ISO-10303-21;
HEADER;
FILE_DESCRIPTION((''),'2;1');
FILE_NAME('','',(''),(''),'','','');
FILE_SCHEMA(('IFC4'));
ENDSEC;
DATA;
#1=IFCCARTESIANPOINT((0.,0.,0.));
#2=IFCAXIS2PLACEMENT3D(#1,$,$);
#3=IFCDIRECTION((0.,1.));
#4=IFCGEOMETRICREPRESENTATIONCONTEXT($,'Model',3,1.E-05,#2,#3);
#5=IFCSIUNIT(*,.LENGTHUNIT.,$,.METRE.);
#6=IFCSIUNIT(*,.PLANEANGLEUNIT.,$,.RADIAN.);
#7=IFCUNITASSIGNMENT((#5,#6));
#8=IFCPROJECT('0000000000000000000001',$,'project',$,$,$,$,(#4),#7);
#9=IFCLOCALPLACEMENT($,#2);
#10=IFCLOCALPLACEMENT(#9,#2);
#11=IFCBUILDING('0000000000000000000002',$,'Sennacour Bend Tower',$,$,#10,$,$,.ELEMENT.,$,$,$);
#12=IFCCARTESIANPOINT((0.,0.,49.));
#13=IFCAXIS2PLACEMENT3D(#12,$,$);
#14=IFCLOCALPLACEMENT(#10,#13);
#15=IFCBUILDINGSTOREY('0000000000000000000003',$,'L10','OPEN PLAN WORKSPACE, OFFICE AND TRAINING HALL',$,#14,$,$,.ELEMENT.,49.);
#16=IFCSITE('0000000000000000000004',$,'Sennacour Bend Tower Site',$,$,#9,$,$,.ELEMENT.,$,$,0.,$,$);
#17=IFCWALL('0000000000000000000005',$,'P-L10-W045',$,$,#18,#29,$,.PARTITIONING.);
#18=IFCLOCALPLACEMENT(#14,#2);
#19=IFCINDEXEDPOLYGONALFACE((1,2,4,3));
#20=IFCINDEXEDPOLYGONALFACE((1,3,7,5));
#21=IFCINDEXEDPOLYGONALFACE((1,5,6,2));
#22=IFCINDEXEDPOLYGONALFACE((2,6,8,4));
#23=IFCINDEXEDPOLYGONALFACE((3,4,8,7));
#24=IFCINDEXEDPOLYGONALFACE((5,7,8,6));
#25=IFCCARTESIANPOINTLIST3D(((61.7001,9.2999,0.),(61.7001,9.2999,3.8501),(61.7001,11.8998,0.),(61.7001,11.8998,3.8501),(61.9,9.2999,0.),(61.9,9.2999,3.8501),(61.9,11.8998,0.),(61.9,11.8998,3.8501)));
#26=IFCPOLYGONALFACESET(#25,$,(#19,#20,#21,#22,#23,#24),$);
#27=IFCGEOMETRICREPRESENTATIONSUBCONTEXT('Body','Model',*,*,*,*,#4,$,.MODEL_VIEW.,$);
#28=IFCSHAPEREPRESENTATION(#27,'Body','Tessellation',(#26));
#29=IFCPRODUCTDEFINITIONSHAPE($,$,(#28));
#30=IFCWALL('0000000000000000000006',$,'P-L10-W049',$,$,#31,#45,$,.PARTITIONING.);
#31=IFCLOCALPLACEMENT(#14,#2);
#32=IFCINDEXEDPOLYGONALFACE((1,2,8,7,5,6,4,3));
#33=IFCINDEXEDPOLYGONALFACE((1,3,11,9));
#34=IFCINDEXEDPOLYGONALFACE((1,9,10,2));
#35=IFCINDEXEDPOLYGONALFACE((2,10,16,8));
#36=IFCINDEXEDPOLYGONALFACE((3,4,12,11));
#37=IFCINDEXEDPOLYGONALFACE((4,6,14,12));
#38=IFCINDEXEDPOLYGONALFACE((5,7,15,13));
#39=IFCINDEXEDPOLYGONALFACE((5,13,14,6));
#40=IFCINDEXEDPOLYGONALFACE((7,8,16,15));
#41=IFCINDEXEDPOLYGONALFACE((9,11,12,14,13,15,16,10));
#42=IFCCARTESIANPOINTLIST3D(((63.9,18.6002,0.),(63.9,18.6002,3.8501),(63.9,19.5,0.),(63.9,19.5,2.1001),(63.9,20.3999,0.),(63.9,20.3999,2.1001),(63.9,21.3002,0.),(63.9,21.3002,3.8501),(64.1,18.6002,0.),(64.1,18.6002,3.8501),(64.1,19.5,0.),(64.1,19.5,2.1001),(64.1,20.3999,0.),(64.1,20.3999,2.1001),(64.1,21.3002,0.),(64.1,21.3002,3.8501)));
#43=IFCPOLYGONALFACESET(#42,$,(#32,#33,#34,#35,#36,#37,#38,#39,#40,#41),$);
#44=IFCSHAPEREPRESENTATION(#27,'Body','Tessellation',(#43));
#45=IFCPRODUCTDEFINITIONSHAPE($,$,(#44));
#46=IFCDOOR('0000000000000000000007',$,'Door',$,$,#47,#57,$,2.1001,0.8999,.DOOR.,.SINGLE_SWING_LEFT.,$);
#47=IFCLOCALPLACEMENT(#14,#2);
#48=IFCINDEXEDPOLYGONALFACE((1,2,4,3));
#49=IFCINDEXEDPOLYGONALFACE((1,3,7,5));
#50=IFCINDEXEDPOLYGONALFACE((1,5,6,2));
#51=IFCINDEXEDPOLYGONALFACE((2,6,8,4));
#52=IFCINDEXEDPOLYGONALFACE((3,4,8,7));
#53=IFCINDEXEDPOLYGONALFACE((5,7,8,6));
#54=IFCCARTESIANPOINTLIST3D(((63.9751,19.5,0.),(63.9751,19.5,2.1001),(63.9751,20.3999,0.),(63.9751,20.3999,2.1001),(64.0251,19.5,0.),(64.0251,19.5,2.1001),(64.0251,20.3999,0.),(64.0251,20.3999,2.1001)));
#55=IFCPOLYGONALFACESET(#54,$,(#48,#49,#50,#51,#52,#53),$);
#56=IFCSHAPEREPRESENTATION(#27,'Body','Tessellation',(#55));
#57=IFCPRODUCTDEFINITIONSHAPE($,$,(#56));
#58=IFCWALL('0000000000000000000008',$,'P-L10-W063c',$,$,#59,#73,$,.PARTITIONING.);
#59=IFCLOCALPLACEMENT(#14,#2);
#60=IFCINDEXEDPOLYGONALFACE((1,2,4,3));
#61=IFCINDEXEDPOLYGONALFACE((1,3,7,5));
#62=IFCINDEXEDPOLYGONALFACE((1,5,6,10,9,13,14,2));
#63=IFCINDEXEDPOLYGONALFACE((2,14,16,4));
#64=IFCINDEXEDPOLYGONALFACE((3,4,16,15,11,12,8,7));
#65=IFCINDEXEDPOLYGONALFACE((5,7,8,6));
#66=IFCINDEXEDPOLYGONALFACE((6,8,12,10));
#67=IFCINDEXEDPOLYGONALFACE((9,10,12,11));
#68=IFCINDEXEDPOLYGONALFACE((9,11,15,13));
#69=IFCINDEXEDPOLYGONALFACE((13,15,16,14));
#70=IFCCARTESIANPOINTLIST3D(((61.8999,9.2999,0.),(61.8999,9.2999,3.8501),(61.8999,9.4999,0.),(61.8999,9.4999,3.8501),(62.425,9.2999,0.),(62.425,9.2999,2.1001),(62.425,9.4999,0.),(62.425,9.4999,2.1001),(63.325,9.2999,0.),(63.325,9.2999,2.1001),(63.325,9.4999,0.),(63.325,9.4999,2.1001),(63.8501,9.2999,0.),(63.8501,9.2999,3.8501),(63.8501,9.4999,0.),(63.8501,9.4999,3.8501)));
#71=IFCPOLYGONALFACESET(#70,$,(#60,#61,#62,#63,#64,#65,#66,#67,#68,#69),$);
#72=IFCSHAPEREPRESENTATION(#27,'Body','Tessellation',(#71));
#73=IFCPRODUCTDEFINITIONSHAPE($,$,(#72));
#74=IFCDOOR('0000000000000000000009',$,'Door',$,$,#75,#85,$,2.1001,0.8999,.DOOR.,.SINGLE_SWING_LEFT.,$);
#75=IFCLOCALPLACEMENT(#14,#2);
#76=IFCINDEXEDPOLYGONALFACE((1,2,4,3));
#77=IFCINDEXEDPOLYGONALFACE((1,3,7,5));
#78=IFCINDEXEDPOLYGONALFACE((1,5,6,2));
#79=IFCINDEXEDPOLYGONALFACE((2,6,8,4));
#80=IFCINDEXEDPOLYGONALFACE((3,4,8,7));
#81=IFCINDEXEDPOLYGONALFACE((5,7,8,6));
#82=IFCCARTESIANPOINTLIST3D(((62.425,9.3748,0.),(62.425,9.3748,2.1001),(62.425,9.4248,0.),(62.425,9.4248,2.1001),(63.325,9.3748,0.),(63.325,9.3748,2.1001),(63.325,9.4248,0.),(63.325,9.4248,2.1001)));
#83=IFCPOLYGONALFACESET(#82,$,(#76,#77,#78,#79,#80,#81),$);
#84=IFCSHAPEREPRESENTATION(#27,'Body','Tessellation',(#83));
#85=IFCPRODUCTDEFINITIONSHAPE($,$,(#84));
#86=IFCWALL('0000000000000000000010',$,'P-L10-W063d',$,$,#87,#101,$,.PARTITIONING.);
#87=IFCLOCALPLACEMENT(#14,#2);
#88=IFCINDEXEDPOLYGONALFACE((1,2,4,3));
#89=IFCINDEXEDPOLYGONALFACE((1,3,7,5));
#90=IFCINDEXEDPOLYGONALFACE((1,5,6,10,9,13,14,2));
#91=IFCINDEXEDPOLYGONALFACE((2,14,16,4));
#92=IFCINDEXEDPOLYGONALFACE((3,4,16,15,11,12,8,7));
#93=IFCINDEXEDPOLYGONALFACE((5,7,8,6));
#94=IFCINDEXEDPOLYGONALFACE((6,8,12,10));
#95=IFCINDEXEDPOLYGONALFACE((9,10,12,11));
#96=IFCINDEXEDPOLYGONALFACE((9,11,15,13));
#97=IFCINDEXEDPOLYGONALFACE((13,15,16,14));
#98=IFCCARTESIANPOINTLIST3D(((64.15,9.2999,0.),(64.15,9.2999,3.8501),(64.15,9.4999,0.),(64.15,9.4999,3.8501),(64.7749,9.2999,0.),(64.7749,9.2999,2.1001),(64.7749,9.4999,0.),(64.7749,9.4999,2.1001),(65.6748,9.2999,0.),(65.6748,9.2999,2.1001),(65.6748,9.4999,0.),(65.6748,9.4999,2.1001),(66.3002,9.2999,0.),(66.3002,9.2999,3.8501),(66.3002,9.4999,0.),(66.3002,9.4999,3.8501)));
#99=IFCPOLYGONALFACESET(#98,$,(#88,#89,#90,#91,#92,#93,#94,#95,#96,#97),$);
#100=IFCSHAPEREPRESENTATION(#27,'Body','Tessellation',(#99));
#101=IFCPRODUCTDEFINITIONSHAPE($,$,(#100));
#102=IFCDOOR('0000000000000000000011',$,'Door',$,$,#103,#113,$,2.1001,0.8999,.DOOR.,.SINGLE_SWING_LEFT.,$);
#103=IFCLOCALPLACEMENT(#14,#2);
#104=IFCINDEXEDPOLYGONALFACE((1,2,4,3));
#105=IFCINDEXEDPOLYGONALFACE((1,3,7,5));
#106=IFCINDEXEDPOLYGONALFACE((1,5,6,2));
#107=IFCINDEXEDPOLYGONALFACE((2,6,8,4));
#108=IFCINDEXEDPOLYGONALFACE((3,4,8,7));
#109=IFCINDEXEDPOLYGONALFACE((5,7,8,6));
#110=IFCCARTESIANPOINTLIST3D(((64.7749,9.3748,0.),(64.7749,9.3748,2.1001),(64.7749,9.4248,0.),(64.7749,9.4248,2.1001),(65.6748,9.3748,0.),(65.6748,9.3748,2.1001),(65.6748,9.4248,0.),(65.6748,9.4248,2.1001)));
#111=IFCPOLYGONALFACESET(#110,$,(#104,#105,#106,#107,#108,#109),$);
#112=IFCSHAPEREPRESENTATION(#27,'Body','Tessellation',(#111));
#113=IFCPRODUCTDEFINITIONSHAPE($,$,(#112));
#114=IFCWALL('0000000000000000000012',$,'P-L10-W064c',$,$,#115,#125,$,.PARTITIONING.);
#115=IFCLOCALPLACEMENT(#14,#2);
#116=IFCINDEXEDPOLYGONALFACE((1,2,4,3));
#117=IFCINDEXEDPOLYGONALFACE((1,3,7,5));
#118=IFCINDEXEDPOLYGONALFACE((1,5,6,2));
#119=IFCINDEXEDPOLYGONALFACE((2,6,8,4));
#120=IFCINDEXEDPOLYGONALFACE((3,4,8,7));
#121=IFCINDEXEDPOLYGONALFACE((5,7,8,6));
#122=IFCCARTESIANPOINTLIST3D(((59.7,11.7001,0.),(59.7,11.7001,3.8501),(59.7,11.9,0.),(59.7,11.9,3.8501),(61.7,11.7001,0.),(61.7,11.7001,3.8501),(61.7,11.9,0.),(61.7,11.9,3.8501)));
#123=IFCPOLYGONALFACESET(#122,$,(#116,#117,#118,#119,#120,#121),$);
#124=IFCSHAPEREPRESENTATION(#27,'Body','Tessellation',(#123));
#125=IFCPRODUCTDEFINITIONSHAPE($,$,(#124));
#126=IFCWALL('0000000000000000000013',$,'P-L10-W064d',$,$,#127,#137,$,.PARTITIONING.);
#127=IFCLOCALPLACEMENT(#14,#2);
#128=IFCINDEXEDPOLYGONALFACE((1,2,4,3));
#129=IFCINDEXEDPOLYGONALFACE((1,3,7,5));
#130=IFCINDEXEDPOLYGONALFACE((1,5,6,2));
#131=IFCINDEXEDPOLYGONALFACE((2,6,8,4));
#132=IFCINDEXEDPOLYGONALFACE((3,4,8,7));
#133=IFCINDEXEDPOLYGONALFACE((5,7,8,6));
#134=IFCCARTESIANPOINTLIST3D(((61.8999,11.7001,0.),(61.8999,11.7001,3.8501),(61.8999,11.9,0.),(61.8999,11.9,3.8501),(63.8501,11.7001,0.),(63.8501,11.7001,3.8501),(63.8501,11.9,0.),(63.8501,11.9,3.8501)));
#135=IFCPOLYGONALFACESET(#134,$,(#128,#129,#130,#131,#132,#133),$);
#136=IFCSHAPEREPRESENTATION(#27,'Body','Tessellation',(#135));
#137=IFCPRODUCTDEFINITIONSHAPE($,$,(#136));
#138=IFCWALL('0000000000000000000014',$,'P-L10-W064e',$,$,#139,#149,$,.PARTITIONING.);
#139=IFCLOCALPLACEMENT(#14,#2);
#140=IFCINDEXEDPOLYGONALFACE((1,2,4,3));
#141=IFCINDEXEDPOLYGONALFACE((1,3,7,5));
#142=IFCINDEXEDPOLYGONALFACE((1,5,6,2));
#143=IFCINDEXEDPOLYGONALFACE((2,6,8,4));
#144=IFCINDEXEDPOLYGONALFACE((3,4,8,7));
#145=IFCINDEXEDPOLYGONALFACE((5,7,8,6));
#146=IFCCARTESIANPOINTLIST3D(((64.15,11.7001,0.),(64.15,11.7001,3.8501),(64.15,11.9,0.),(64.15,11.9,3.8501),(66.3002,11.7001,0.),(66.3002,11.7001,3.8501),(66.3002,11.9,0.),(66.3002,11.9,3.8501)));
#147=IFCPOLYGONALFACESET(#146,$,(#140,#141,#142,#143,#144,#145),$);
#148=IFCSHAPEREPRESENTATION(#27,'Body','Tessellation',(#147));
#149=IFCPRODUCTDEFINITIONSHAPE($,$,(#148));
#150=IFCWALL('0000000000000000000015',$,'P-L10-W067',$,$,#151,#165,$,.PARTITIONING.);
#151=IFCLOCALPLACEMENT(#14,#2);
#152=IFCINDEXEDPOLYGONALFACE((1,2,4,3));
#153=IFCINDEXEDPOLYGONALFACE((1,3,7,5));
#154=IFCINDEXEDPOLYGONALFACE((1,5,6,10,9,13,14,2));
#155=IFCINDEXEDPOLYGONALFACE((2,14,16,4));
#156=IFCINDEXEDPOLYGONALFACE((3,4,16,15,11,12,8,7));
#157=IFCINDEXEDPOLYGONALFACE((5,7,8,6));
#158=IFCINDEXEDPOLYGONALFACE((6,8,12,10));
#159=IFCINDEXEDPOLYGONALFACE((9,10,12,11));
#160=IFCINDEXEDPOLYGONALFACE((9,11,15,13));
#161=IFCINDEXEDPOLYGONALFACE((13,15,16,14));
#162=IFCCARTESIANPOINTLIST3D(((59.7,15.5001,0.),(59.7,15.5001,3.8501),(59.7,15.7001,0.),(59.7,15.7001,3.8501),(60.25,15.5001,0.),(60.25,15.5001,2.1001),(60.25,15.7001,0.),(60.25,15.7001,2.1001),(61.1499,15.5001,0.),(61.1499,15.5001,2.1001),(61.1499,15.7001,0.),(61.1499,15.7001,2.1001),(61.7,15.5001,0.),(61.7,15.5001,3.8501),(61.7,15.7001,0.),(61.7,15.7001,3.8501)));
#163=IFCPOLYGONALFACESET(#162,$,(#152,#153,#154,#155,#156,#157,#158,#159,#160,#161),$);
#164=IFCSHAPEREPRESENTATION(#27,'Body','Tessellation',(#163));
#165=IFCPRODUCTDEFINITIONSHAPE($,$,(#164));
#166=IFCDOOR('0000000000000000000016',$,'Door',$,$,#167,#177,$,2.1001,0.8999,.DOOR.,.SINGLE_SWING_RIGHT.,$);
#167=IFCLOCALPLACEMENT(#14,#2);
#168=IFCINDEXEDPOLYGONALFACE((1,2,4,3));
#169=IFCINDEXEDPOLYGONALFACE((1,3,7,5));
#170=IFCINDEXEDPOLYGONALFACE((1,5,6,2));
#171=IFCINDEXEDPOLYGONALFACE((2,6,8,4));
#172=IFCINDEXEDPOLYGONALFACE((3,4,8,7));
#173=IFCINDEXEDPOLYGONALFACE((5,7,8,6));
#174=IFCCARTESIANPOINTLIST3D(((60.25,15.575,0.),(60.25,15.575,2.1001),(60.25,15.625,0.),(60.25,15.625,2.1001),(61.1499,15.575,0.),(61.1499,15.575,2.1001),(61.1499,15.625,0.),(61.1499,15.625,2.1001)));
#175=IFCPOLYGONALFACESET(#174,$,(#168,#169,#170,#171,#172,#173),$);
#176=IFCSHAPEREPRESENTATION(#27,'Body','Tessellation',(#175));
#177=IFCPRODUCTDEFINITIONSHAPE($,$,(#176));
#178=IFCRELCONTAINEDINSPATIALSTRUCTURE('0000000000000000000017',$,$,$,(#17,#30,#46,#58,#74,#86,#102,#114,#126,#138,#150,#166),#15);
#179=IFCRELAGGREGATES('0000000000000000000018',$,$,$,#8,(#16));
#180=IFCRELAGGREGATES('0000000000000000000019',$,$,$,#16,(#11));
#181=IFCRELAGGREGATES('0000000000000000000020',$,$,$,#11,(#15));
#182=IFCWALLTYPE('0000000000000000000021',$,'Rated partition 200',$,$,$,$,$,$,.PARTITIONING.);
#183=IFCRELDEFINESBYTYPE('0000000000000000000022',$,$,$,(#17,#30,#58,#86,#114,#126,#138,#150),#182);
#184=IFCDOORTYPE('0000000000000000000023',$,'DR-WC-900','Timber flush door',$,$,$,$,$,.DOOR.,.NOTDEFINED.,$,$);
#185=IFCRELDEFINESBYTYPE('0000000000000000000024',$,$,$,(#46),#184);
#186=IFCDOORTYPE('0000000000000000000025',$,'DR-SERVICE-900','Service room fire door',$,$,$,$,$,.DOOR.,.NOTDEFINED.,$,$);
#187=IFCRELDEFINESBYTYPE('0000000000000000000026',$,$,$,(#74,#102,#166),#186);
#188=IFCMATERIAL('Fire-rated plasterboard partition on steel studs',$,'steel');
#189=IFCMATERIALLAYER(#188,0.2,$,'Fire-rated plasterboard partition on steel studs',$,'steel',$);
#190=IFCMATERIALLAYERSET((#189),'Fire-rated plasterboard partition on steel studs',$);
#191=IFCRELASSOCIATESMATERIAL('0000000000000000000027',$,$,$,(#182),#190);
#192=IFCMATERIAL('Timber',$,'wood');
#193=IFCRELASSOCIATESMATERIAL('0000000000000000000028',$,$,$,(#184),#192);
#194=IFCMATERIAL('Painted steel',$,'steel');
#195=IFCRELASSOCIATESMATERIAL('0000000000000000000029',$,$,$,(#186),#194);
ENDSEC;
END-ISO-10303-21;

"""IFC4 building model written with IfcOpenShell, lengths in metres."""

from ifc_helpers import new_model, si_unit, direction, frame, frame_2d, origin, place, context, subcontext, project, spatial, rectangle, extrude, material, layer, layer_set, type_object, element, fill, save


model = new_model("IFC4")

# Units and contexts
model_context = context("Model", 3, precision=1e-05, world=origin(), true_north=direction((0.0, 1.0)))
body_context = subcontext(model_context, "Body", "Model", "MODEL_VIEW")
ifc_project = project(units=[si_unit("LENGTHUNIT", "METRE"), si_unit("PLANEANGLEUNIT", "RADIAN")], contexts=[model_context])

# Site, building, storey
site_placement = place(None, origin())
site = spatial("IfcSite", under=ifc_project, at=site_placement, Name="Sennacour Bend Tower Site", CompositionType="ELEMENT", RefElevation=0.0)
building_placement = place(site_placement, origin())
building = spatial("IfcBuilding", under=site, at=building_placement, Name="Sennacour Bend Tower", CompositionType="ELEMENT")
storey_placement = place(building_placement, frame((0.0, 0.0, 49.0)))
storey = spatial("IfcBuildingStorey", under=building, at=storey_placement, Name="L10", Description="OPEN PLAN WORKSPACE, OFFICE AND TRAINING HALL", CompositionType="ELEMENT", Elevation=49.0)

# Wall
ifc_material_1 = material(Name="Fire-rated plasterboard partition on steel studs", Category="steel")
ifc_layer_1 = layer(ifc_material_1, 0.2, Name="Fire-rated plasterboard partition on steel studs", Category="steel")
ifc_layer_set_1 = layer_set([ifc_layer_1], Name="Fire-rated plasterboard partition on steel studs")
wall_type_1 = type_object("IfcWallType", Name="Rated partition 200", PredefinedType="PARTITIONING", material=ifc_layer_set_1)
wall_1_placement = place(storey_placement, frame((61.8, 9.3, 0.0), z_axis=(0.0, 0.0, 1.0), x_axis=(0.0, 1.0, 0.0)))
element("IfcWall", 1, at=wall_1_placement, inside=storey, type_object=wall_type_1, Name="P-L10-W045", PredefinedType="PARTITIONING", context=body_context, shape_type="SweptSolid", body=[
    extrude(rectangle(XDim=2.5999, YDim=0.2, at=frame_2d((1.2998, 0.0))), origin(), (0.0, 0.0, 1.0), 3.8501),
])

# Walls, openings, doors
wall_2_placement = place(storey_placement, frame((64.0, 18.6001, 0.0), z_axis=(0.0, 0.0, 1.0), x_axis=(0.0, 1.0, 0.0)))
wall_2 = element("IfcWall", 2, at=wall_2_placement, inside=storey, type_object=wall_type_1, Name="P-L10-W049", PredefinedType="PARTITIONING", context=body_context, shape_type="SweptSolid", body=[
    extrude(rectangle(XDim=2.7, YDim=0.2, at=frame_2d((1.3501, 0.0))), origin(), (0.0, 0.0, 1.0), 3.8501),
])
opening_1_placement = place(wall_2_placement, frame((0.8999, 0.0, 0.0)))
opening_1 = element("IfcOpeningElement", 3, at=opening_1_placement, cuts=wall_2, PredefinedType="OPENING", context=body_context, shape_type="SweptSolid", body=[
    extrude(rectangle(XDim=0.8999, YDim=2.1001, at=frame_2d((0.45, 1.05))), frame((0.0, 0.1099, 0.0), z_axis=(0.0, -1.0, 0.0), x_axis=(1.0, 0.0, 0.0)), (0.0, 0.0, 1.0), 0.22),
])
ifc_material_2 = material(Name="Timber", Category="wood")
door_type_1 = type_object("IfcDoorType", Name="DR-WC-900", Description="Timber flush door", OperationType="NOTDEFINED", PredefinedType="DOOR", material=ifc_material_2)
door_1_placement = place(opening_1_placement, origin())
door_1 = element("IfcDoor", 4, at=door_1_placement, inside=storey, type_object=door_type_1, Name="Door", OperationType="SINGLE_SWING_LEFT", OverallHeight=2.1001, OverallWidth=0.8999, PredefinedType="DOOR", context=body_context, shape_type="SweptSolid", body=[
    extrude(rectangle(XDim=0.8999, YDim=2.1001, at=frame_2d((0.45, 1.05))), frame((0.0, 0.0249, 0.0), z_axis=(0.0, -1.0, 0.0), x_axis=(1.0, 0.0, 0.0)), (0.0, 0.0, 1.0), 0.05),
])
fill(opening_1, door_1)
wall_3_placement = place(storey_placement, frame((61.8999, 9.3999, 0.0), z_axis=(0.0, 0.0, 1.0), x_axis=(1.0, 0.0, 0.0)))
wall_3 = element("IfcWall", 5, at=wall_3_placement, inside=storey, type_object=wall_type_1, Name="P-L10-W063c", PredefinedType="PARTITIONING", context=body_context, shape_type="SweptSolid", body=[
    extrude(rectangle(XDim=1.9502, YDim=0.2, at=frame_2d((0.9751, 0.0))), origin(), (0.0, 0.0, 1.0), 3.8501),
])
opening_2_placement = place(wall_3_placement, frame((0.5251, 0.0, 0.0)))
opening_2 = element("IfcOpeningElement", 6, at=opening_2_placement, cuts=wall_3, PredefinedType="OPENING", context=body_context, shape_type="SweptSolid", body=[
    extrude(rectangle(XDim=0.8999, YDim=2.1001, at=frame_2d((0.45, 1.05))), frame((0.0, 0.1099, 0.0), z_axis=(0.0, -1.0, 0.0), x_axis=(1.0, 0.0, 0.0)), (0.0, 0.0, 1.0), 0.22),
])
ifc_material_3 = material(Name="Painted steel", Category="steel")
door_type_2 = type_object("IfcDoorType", Name="DR-SERVICE-900", Description="Service room fire door", OperationType="NOTDEFINED", PredefinedType="DOOR", material=ifc_material_3)
door_2_placement = place(opening_2_placement, origin())
door_2 = element("IfcDoor", 7, at=door_2_placement, inside=storey, type_object=door_type_2, Name="Door", OperationType="SINGLE_SWING_LEFT", OverallHeight=2.1001, OverallWidth=0.8999, PredefinedType="DOOR", context=body_context, shape_type="SweptSolid", body=[
    extrude(rectangle(XDim=0.8999, YDim=2.1001, at=frame_2d((0.45, 1.05))), frame((0.0, 0.0249, 0.0), z_axis=(0.0, -1.0, 0.0), x_axis=(1.0, 0.0, 0.0)), (0.0, 0.0, 1.0), 0.05),
])
fill(opening_2, door_2)
wall_4_placement = place(storey_placement, frame((64.1499, 9.3999, 0.0), z_axis=(0.0, 0.0, 1.0), x_axis=(1.0, 0.0, 0.0)))
wall_4 = element("IfcWall", 8, at=wall_4_placement, inside=storey, type_object=wall_type_1, Name="P-L10-W063d", PredefinedType="PARTITIONING", context=body_context, shape_type="SweptSolid", body=[
    extrude(rectangle(XDim=2.1501, YDim=0.2, at=frame_2d((1.0752, 0.0))), origin(), (0.0, 0.0, 1.0), 3.8501),
])
opening_3_placement = place(wall_4_placement, frame((0.625, 0.0, 0.0)))
opening_3 = element("IfcOpeningElement", 9, at=opening_3_placement, cuts=wall_4, PredefinedType="OPENING", context=body_context, shape_type="SweptSolid", body=[
    extrude(rectangle(XDim=0.8999, YDim=2.1001, at=frame_2d((0.45, 1.05))), frame((0.0, 0.1099, 0.0), z_axis=(0.0, -1.0, 0.0), x_axis=(1.0, 0.0, 0.0)), (0.0, 0.0, 1.0), 0.22),
])
door_3_placement = place(opening_3_placement, origin())
door_3 = element("IfcDoor", 10, at=door_3_placement, inside=storey, type_object=door_type_2, Name="Door", OperationType="SINGLE_SWING_LEFT", OverallHeight=2.1001, OverallWidth=0.8999, PredefinedType="DOOR", context=body_context, shape_type="SweptSolid", body=[
    extrude(rectangle(XDim=0.8999, YDim=2.1001, at=frame_2d((0.45, 1.05))), frame((0.0, 0.0249, 0.0), z_axis=(0.0, -1.0, 0.0), x_axis=(1.0, 0.0, 0.0)), (0.0, 0.0, 1.0), 0.05),
])
fill(opening_3, door_3)

# Walls
wall_5_placement = place(storey_placement, frame((59.7, 11.8, 0.0), z_axis=(0.0, 0.0, 1.0), x_axis=(1.0, 0.0, 0.0)))
element("IfcWall", 11, at=wall_5_placement, inside=storey, type_object=wall_type_1, Name="P-L10-W064c", PredefinedType="PARTITIONING", context=body_context, shape_type="SweptSolid", body=[
    extrude(rectangle(XDim=2.0, YDim=0.2, at=frame_2d((1.0, 0.0))), origin(), (0.0, 0.0, 1.0), 3.8501),
])
wall_6_placement = place(storey_placement, frame((61.8999, 11.8, 0.0), z_axis=(0.0, 0.0, 1.0), x_axis=(1.0, 0.0, 0.0)))
element("IfcWall", 12, at=wall_6_placement, inside=storey, type_object=wall_type_1, Name="P-L10-W064d", PredefinedType="PARTITIONING", context=body_context, shape_type="SweptSolid", body=[
    extrude(rectangle(XDim=1.9502, YDim=0.2, at=frame_2d((0.9751, 0.0))), origin(), (0.0, 0.0, 1.0), 3.8501),
])
wall_7_placement = place(storey_placement, frame((64.1499, 11.8, 0.0), z_axis=(0.0, 0.0, 1.0), x_axis=(1.0, 0.0, 0.0)))
element("IfcWall", 13, at=wall_7_placement, inside=storey, type_object=wall_type_1, Name="P-L10-W064e", PredefinedType="PARTITIONING", context=body_context, shape_type="SweptSolid", body=[
    extrude(rectangle(XDim=2.1501, YDim=0.2, at=frame_2d((1.0752, 0.0))), origin(), (0.0, 0.0, 1.0), 3.8501),
])

# Wall, opening, door
wall_8_placement = place(storey_placement, frame((59.7, 15.6001, 0.0), z_axis=(0.0, 0.0, 1.0), x_axis=(1.0, 0.0, 0.0)))
wall_8 = element("IfcWall", 14, at=wall_8_placement, inside=storey, type_object=wall_type_1, Name="P-L10-W067", PredefinedType="PARTITIONING", context=body_context, shape_type="SweptSolid", body=[
    extrude(rectangle(XDim=2.0, YDim=0.2, at=frame_2d((1.0, 0.0))), origin(), (0.0, 0.0, 1.0), 3.8501),
])
opening_4_placement = place(wall_8_placement, frame((0.55, 0.0, 0.0)))
opening_4 = element("IfcOpeningElement", 15, at=opening_4_placement, cuts=wall_8, PredefinedType="OPENING", context=body_context, shape_type="SweptSolid", body=[
    extrude(rectangle(XDim=0.8999, YDim=2.1001, at=frame_2d((0.45, 1.05))), frame((0.0, 0.1099, 0.0), z_axis=(0.0, -1.0, 0.0), x_axis=(1.0, 0.0, 0.0)), (0.0, 0.0, 1.0), 0.22),
])
door_4_placement = place(opening_4_placement, origin())
door_4 = element("IfcDoor", 16, at=door_4_placement, inside=storey, type_object=door_type_2, Name="Door", OperationType="SINGLE_SWING_RIGHT", OverallHeight=2.1001, OverallWidth=0.8999, PredefinedType="DOOR", context=body_context, shape_type="SweptSolid", body=[
    extrude(rectangle(XDim=0.8999, YDim=2.1001, at=frame_2d((0.45, 1.05))), frame((0.0, 0.0249, 0.0), z_axis=(0.0, -1.0, 0.0), x_axis=(1.0, 0.0, 0.0)), (0.0, 0.0, 1.0), 0.05),
])
fill(opening_4, door_4)

save(model, "model.ifc")
